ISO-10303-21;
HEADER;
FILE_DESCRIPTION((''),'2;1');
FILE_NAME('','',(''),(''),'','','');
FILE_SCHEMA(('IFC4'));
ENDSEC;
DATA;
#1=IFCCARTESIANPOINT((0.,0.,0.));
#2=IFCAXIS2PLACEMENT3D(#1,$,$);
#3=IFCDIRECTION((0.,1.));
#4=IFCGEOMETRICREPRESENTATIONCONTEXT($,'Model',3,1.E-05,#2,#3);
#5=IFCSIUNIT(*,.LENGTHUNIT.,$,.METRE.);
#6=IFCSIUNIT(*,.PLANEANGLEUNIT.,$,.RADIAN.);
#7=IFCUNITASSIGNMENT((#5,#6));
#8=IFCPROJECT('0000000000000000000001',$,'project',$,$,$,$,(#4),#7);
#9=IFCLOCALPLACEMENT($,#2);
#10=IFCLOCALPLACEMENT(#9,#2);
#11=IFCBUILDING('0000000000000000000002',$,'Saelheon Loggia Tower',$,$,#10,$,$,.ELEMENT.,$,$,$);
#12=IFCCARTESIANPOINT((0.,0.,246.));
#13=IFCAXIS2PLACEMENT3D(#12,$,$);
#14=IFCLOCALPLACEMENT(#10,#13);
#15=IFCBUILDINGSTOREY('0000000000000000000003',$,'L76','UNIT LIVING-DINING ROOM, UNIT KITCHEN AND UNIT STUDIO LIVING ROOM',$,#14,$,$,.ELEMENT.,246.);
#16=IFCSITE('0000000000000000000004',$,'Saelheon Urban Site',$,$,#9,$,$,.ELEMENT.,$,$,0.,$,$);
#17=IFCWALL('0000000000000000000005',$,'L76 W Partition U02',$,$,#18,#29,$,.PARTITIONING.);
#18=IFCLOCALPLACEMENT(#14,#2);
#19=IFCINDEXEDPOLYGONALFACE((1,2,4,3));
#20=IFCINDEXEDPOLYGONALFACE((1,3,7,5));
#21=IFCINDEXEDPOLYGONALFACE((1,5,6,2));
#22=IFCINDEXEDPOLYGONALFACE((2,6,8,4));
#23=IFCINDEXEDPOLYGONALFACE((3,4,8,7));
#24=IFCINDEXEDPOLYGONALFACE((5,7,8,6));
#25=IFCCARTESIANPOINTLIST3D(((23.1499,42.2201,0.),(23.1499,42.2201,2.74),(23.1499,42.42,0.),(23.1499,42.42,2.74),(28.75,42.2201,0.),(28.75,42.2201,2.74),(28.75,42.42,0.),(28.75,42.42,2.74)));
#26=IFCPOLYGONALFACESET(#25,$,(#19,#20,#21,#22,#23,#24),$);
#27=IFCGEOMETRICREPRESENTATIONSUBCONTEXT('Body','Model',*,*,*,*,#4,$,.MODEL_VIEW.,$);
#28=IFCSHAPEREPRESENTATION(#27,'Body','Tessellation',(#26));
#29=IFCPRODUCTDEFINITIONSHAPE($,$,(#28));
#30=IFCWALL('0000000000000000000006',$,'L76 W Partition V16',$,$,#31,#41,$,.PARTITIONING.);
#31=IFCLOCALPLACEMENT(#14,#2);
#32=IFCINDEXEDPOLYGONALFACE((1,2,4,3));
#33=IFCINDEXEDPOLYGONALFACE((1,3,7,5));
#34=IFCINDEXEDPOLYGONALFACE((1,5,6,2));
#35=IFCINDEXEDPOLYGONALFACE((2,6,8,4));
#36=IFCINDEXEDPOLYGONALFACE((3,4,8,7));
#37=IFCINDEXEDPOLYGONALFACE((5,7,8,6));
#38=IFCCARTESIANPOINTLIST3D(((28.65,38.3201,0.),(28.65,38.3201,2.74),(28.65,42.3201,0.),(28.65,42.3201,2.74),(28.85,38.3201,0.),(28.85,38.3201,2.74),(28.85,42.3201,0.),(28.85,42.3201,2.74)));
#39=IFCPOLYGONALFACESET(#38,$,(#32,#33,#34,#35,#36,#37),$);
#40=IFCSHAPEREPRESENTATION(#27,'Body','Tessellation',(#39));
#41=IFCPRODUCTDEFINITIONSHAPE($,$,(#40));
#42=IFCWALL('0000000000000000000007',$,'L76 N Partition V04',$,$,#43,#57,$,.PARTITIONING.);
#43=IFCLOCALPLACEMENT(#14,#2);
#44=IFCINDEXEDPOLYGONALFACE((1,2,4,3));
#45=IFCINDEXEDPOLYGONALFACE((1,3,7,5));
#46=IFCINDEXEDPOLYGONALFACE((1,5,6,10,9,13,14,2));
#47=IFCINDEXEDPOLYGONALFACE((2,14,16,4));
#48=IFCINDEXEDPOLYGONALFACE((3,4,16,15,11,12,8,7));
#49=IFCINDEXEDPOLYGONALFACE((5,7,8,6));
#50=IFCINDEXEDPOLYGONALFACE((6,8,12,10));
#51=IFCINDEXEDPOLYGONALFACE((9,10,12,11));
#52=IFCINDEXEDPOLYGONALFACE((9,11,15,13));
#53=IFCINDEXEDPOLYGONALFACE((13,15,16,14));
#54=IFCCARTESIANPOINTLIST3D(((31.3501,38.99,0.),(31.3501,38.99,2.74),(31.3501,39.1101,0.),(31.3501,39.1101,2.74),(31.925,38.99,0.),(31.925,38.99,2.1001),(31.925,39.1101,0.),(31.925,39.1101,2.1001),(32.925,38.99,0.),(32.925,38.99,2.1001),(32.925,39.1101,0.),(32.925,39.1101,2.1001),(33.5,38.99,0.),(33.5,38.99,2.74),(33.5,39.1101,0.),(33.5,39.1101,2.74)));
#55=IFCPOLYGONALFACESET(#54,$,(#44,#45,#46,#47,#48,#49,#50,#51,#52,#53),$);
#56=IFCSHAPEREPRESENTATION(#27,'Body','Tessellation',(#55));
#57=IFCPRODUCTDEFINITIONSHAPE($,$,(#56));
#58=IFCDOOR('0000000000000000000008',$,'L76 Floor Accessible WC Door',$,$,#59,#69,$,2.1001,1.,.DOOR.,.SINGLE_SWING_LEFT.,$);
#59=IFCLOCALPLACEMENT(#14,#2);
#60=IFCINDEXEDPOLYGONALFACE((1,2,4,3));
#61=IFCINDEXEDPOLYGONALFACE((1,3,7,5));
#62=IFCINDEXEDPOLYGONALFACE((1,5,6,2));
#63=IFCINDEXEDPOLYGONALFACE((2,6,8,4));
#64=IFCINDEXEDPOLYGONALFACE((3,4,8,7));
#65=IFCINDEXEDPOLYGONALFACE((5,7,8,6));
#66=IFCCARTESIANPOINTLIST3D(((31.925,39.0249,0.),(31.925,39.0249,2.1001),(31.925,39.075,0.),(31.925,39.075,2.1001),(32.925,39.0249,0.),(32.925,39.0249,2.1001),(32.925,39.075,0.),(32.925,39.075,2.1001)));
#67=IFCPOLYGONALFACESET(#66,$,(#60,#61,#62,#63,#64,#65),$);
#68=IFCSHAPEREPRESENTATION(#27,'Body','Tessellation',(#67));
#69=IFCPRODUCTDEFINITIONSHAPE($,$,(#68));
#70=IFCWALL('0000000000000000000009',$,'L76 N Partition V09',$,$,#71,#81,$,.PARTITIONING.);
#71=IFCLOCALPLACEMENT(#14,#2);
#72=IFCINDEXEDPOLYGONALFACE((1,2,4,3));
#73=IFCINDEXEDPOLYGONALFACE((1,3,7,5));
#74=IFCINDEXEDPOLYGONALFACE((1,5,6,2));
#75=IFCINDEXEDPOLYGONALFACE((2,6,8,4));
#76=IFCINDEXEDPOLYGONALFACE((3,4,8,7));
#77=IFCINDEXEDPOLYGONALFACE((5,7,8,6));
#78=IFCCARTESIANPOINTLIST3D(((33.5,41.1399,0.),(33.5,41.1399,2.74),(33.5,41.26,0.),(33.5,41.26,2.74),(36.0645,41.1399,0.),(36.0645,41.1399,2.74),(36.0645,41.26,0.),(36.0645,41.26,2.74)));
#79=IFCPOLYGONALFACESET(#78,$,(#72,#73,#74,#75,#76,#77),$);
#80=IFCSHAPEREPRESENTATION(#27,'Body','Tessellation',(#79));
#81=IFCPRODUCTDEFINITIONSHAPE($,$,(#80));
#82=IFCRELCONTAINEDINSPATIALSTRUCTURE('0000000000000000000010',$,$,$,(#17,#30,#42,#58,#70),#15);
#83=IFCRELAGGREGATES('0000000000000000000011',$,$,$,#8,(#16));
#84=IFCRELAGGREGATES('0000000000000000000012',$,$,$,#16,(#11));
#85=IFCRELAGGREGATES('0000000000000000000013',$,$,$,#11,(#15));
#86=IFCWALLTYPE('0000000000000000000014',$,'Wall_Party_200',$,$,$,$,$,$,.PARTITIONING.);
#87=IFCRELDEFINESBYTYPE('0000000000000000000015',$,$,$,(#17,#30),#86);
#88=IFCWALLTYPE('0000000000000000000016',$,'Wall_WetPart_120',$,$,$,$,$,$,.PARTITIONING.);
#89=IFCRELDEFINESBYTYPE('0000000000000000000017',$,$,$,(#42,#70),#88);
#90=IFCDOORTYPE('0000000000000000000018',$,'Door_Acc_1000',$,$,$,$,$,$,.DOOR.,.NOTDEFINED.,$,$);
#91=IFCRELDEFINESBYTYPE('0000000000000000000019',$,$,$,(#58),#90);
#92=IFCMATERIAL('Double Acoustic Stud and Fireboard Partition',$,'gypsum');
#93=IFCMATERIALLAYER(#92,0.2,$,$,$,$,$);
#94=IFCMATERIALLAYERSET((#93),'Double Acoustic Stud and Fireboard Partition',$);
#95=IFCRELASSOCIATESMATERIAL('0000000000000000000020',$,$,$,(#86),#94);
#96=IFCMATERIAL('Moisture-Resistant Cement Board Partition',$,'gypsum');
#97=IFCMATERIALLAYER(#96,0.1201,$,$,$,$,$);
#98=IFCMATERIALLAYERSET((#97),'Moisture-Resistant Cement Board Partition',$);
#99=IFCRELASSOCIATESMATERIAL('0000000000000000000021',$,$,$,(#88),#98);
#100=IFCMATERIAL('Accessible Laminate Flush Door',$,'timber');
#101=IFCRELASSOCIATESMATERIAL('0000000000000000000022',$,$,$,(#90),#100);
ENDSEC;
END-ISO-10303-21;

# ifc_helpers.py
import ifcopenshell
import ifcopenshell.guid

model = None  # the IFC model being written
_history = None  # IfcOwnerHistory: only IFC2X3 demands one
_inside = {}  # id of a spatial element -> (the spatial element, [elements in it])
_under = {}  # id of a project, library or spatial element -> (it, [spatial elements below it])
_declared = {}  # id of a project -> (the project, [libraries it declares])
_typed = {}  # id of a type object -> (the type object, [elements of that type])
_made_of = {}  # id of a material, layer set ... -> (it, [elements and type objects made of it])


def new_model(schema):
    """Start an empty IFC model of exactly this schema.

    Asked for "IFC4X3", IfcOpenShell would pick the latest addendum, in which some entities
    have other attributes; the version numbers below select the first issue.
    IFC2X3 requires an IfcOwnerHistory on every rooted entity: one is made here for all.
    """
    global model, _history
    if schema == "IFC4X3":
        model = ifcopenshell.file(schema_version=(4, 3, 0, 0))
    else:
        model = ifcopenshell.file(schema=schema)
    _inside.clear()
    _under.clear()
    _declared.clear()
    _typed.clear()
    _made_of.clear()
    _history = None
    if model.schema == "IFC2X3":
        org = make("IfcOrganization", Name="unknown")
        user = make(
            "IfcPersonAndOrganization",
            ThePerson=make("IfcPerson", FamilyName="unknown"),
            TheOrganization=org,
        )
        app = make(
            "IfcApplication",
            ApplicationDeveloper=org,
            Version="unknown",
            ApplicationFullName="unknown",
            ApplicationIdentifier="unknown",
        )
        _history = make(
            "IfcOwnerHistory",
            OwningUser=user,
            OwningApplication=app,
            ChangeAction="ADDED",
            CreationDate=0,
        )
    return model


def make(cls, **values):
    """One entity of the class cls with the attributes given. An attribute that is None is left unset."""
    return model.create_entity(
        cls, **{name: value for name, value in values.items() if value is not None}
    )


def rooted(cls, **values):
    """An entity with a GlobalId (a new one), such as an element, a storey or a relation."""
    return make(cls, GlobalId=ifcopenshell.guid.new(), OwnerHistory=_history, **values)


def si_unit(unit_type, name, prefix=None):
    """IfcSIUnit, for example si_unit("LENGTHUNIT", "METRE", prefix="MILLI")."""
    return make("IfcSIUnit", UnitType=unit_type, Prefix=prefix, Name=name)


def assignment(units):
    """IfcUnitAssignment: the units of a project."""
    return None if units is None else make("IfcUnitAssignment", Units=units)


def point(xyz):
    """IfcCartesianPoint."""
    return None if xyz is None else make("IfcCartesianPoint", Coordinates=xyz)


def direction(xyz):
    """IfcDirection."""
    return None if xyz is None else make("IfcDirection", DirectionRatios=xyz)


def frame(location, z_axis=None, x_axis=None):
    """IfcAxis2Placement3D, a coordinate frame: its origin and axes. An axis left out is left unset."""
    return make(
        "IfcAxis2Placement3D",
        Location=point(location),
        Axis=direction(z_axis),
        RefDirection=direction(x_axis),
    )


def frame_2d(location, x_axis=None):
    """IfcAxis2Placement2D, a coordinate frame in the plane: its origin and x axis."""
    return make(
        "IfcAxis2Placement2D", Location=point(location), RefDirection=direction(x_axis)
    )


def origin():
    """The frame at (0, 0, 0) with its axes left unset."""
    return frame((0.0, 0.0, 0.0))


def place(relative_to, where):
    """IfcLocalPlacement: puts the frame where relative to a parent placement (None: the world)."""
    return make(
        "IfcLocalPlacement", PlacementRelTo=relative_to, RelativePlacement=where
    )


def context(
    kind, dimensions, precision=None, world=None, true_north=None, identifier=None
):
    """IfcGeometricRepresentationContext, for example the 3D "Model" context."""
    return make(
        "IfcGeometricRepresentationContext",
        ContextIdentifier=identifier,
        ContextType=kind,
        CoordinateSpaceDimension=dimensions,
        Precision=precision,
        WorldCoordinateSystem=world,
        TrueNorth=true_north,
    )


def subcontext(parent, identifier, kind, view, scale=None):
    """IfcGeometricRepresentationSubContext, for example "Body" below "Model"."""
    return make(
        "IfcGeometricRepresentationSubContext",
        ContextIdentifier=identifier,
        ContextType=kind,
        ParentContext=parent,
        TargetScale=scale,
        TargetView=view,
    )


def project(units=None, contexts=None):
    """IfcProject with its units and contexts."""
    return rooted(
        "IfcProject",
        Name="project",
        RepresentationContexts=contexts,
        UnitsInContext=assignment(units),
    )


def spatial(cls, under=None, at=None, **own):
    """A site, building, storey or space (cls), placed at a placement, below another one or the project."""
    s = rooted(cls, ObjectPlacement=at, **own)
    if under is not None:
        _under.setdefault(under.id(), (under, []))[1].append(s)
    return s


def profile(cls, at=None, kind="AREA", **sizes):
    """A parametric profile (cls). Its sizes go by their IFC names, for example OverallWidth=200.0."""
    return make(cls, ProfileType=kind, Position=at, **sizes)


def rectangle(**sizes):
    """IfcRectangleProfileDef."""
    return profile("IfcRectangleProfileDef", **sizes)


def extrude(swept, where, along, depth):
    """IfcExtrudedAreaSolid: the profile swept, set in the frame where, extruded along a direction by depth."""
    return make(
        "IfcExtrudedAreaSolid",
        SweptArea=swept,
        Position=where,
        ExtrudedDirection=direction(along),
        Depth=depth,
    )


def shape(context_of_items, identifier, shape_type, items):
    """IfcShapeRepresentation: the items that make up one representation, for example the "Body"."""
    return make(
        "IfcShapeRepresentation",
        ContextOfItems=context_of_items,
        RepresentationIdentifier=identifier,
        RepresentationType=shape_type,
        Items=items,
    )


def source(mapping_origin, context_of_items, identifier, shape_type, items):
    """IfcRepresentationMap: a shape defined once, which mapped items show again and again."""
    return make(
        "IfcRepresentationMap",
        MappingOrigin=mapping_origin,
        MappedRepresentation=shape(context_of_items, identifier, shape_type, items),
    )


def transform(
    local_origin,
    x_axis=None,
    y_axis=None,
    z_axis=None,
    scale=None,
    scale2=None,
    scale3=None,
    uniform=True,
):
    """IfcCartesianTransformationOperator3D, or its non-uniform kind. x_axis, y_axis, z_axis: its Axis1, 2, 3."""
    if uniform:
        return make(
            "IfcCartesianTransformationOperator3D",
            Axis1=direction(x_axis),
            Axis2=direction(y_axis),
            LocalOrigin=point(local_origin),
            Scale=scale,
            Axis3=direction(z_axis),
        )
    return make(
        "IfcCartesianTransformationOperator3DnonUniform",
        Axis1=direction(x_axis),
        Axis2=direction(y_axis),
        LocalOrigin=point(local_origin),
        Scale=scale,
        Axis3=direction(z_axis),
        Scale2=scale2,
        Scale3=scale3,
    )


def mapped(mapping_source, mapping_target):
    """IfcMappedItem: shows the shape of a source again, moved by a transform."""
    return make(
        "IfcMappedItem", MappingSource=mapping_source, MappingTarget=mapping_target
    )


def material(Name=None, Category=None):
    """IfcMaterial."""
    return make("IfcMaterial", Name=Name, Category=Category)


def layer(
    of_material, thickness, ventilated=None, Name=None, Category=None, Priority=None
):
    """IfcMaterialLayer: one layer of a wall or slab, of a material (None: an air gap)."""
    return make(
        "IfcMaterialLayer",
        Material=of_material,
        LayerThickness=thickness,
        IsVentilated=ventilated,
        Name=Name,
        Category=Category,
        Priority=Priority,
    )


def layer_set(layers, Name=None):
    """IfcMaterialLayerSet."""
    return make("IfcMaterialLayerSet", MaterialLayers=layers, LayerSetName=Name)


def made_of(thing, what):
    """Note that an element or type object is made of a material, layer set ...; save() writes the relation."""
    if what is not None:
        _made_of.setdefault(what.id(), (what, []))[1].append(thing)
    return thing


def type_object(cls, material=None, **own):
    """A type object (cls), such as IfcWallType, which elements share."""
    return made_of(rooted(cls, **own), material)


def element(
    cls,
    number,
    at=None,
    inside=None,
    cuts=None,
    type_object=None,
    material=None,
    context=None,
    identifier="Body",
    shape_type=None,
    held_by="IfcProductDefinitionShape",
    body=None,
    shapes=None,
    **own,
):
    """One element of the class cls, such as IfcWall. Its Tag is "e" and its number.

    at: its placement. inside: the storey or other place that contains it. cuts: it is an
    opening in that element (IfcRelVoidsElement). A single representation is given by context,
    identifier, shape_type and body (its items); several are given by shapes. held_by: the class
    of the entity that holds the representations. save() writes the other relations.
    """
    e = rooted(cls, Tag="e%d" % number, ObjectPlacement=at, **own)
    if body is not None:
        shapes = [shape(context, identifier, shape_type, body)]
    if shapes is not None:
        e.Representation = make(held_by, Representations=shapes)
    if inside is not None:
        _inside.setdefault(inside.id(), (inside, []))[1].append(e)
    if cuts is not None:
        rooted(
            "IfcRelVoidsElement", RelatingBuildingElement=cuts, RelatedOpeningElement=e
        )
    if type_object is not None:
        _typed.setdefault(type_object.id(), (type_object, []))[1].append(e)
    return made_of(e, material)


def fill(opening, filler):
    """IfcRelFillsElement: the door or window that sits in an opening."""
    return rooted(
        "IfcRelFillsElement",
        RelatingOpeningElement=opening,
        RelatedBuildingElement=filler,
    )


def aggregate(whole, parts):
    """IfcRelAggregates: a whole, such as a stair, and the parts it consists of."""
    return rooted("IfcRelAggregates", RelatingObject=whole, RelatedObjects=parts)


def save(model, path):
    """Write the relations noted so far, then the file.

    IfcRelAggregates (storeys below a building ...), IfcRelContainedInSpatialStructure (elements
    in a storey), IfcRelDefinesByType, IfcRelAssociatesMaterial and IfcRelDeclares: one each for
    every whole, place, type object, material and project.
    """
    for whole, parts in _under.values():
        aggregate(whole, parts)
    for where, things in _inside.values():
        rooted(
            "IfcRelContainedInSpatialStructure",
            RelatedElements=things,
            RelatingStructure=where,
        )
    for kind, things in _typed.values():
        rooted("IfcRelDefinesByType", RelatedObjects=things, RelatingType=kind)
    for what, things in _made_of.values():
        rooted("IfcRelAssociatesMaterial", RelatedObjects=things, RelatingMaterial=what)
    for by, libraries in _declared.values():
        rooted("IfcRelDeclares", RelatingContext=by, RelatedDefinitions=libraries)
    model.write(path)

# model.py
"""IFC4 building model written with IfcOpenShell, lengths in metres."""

from ifc_helpers import new_model, si_unit, direction, frame, frame_2d, origin, place, context, subcontext, project, spatial, rectangle, extrude, source, transform, mapped, material, layer, layer_set, type_object, element, fill, save


model = new_model("IFC4")

# Units and contexts
model_context = context("Model", 3, precision=1e-05, world=origin(), true_north=direction((0.0, 1.0)))
body_context = subcontext(model_context, "Body", "Model", "MODEL_VIEW")
ifc_project = project(units=[si_unit("LENGTHUNIT", "METRE"), si_unit("PLANEANGLEUNIT", "RADIAN")], contexts=[model_context])

# Site, building, storey
site_placement = place(None, origin())
site = spatial("IfcSite", under=ifc_project, at=site_placement, Name="Saelheon Urban Site", CompositionType="ELEMENT", RefElevation=0.0)
building_placement = place(site_placement, origin())
building = spatial("IfcBuilding", under=site, at=building_placement, Name="Saelheon Loggia Tower", CompositionType="ELEMENT")
storey_placement = place(building_placement, frame((0.0, 0.0, 246.0)))
storey = spatial("IfcBuildingStorey", under=building, at=storey_placement, Name="L76", Description="UNIT LIVING-DINING ROOM, UNIT KITCHEN AND UNIT STUDIO LIVING ROOM", CompositionType="ELEMENT", Elevation=246.0)

# Walls
ifc_material_1 = material(Name="Double Acoustic Stud and Fireboard Partition", Category="gypsum")
ifc_layer_1 = layer(ifc_material_1, 0.2)
ifc_layer_set_1 = layer_set([ifc_layer_1], Name="Double Acoustic Stud and Fireboard Partition")
wall_type_1 = type_object("IfcWallType", Name="Wall_Party_200", PredefinedType="PARTITIONING", material=ifc_layer_set_1)
wall_1_placement = place(storey_placement, frame((28.75, 42.3201, 0.0), z_axis=(0.0, 0.0, 1.0), x_axis=(-1.0, 0.0, 0.0)))
element("IfcWall", 1, at=wall_1_placement, inside=storey, type_object=wall_type_1, Name="L76 W Partition U02", PredefinedType="PARTITIONING", context=body_context, shape_type="SweptSolid", body=[
    extrude(rectangle(XDim=5.6001, YDim=0.2, at=frame_2d((2.8, 0.0))), origin(), (0.0, 0.0, 1.0), 2.74),
])
wall_2_placement = place(storey_placement, frame((28.75, 38.3201, 0.0), z_axis=(0.0, 0.0, 1.0), x_axis=(0.0, 1.0, 0.0)))
element("IfcWall", 2, at=wall_2_placement, inside=storey, type_object=wall_type_1, Name="L76 W Partition V16", PredefinedType="PARTITIONING", context=body_context, shape_type="SweptSolid", body=[
    extrude(rectangle(XDim=4.0, YDim=0.2, at=frame_2d((2.0, 0.0))), origin(), (0.0, 0.0, 1.0), 2.74),
])

# Wall, opening, door
ifc_material_2 = material(Name="Moisture-Resistant Cement Board Partition", Category="gypsum")
ifc_layer_2 = layer(ifc_material_2, 0.1201)
ifc_layer_set_2 = layer_set([ifc_layer_2], Name="Moisture-Resistant Cement Board Partition")
wall_type_2 = type_object("IfcWallType", Name="Wall_WetPart_120", PredefinedType="PARTITIONING", material=ifc_layer_set_2)
wall_3_placement = place(storey_placement, frame((31.3501, 39.05, 0.0), z_axis=(0.0, 0.0, 1.0), x_axis=(1.0, 0.0, 0.0)))
wall_3 = element("IfcWall", 3, at=wall_3_placement, inside=storey, type_object=wall_type_2, Name="L76 N Partition V04", PredefinedType="PARTITIONING", context=body_context, shape_type="SweptSolid", body=[
    extrude(rectangle(XDim=2.1499, YDim=0.1201, at=frame_2d((1.075, 0.0))), origin(), (0.0, 0.0, 1.0), 2.74),
])
opening_1_placement = place(wall_3_placement, frame((0.575, 0.0, 0.0)))
opening_1 = element("IfcOpeningElement", 4, at=opening_1_placement, cuts=wall_3, PredefinedType="OPENING", context=body_context, shape_type="SweptSolid", body=[
    extrude(rectangle(XDim=1.0, YDim=2.1001, at=frame_2d((0.5, 1.05))), frame((0.0, 0.072, 0.0), z_axis=(0.0, -1.0, 0.0), x_axis=(1.0, 0.0, 0.0)), (0.0, 0.0, 1.0), 0.144),
])
ifc_material_3 = material(Name="Accessible Laminate Flush Door", Category="timber")
door_type_1 = type_object("IfcDoorType", Name="Door_Acc_1000", OperationType="NOTDEFINED", PredefinedType="DOOR", material=ifc_material_3)
shared_shape_1 = source(origin(), body_context, "Body", "SweptSolid", [
    extrude(rectangle(XDim=1.0, YDim=2.1001, at=frame_2d((0.5, 1.05))), frame((0.0, 0.0249, 0.0), z_axis=(0.0, -1.0, 0.0), x_axis=(1.0, 0.0, 0.0)), (0.0, 0.0, 1.0), 0.05),
])
door_1_placement = place(opening_1_placement, origin())
door_1 = element("IfcDoor", 5, at=door_1_placement, inside=storey, type_object=door_type_1, Name="L76 Floor Accessible WC Door", OperationType="SINGLE_SWING_LEFT", OverallHeight=2.1001, OverallWidth=1.0, PredefinedType="DOOR", context=body_context, shape_type="MappedRepresentation", body=[
    mapped(shared_shape_1, transform((0.0, 0.0, 0.0), scale=1.0)),
])
fill(opening_1, door_1)

# Wall
wall_4_placement = place(storey_placement, frame((33.5, 41.2, 0.0), z_axis=(0.0, 0.0, 1.0), x_axis=(1.0, 0.0, 0.0)))
element("IfcWall", 6, at=wall_4_placement, inside=storey, type_object=wall_type_2, Name="L76 N Partition V09", PredefinedType="PARTITIONING", context=body_context, shape_type="SweptSolid", body=[
    extrude(rectangle(XDim=2.5645, YDim=0.1201, at=frame_2d((1.2822, 0.0))), origin(), (0.0, 0.0, 1.0), 2.74),
])

save(model, "model.ifc")
